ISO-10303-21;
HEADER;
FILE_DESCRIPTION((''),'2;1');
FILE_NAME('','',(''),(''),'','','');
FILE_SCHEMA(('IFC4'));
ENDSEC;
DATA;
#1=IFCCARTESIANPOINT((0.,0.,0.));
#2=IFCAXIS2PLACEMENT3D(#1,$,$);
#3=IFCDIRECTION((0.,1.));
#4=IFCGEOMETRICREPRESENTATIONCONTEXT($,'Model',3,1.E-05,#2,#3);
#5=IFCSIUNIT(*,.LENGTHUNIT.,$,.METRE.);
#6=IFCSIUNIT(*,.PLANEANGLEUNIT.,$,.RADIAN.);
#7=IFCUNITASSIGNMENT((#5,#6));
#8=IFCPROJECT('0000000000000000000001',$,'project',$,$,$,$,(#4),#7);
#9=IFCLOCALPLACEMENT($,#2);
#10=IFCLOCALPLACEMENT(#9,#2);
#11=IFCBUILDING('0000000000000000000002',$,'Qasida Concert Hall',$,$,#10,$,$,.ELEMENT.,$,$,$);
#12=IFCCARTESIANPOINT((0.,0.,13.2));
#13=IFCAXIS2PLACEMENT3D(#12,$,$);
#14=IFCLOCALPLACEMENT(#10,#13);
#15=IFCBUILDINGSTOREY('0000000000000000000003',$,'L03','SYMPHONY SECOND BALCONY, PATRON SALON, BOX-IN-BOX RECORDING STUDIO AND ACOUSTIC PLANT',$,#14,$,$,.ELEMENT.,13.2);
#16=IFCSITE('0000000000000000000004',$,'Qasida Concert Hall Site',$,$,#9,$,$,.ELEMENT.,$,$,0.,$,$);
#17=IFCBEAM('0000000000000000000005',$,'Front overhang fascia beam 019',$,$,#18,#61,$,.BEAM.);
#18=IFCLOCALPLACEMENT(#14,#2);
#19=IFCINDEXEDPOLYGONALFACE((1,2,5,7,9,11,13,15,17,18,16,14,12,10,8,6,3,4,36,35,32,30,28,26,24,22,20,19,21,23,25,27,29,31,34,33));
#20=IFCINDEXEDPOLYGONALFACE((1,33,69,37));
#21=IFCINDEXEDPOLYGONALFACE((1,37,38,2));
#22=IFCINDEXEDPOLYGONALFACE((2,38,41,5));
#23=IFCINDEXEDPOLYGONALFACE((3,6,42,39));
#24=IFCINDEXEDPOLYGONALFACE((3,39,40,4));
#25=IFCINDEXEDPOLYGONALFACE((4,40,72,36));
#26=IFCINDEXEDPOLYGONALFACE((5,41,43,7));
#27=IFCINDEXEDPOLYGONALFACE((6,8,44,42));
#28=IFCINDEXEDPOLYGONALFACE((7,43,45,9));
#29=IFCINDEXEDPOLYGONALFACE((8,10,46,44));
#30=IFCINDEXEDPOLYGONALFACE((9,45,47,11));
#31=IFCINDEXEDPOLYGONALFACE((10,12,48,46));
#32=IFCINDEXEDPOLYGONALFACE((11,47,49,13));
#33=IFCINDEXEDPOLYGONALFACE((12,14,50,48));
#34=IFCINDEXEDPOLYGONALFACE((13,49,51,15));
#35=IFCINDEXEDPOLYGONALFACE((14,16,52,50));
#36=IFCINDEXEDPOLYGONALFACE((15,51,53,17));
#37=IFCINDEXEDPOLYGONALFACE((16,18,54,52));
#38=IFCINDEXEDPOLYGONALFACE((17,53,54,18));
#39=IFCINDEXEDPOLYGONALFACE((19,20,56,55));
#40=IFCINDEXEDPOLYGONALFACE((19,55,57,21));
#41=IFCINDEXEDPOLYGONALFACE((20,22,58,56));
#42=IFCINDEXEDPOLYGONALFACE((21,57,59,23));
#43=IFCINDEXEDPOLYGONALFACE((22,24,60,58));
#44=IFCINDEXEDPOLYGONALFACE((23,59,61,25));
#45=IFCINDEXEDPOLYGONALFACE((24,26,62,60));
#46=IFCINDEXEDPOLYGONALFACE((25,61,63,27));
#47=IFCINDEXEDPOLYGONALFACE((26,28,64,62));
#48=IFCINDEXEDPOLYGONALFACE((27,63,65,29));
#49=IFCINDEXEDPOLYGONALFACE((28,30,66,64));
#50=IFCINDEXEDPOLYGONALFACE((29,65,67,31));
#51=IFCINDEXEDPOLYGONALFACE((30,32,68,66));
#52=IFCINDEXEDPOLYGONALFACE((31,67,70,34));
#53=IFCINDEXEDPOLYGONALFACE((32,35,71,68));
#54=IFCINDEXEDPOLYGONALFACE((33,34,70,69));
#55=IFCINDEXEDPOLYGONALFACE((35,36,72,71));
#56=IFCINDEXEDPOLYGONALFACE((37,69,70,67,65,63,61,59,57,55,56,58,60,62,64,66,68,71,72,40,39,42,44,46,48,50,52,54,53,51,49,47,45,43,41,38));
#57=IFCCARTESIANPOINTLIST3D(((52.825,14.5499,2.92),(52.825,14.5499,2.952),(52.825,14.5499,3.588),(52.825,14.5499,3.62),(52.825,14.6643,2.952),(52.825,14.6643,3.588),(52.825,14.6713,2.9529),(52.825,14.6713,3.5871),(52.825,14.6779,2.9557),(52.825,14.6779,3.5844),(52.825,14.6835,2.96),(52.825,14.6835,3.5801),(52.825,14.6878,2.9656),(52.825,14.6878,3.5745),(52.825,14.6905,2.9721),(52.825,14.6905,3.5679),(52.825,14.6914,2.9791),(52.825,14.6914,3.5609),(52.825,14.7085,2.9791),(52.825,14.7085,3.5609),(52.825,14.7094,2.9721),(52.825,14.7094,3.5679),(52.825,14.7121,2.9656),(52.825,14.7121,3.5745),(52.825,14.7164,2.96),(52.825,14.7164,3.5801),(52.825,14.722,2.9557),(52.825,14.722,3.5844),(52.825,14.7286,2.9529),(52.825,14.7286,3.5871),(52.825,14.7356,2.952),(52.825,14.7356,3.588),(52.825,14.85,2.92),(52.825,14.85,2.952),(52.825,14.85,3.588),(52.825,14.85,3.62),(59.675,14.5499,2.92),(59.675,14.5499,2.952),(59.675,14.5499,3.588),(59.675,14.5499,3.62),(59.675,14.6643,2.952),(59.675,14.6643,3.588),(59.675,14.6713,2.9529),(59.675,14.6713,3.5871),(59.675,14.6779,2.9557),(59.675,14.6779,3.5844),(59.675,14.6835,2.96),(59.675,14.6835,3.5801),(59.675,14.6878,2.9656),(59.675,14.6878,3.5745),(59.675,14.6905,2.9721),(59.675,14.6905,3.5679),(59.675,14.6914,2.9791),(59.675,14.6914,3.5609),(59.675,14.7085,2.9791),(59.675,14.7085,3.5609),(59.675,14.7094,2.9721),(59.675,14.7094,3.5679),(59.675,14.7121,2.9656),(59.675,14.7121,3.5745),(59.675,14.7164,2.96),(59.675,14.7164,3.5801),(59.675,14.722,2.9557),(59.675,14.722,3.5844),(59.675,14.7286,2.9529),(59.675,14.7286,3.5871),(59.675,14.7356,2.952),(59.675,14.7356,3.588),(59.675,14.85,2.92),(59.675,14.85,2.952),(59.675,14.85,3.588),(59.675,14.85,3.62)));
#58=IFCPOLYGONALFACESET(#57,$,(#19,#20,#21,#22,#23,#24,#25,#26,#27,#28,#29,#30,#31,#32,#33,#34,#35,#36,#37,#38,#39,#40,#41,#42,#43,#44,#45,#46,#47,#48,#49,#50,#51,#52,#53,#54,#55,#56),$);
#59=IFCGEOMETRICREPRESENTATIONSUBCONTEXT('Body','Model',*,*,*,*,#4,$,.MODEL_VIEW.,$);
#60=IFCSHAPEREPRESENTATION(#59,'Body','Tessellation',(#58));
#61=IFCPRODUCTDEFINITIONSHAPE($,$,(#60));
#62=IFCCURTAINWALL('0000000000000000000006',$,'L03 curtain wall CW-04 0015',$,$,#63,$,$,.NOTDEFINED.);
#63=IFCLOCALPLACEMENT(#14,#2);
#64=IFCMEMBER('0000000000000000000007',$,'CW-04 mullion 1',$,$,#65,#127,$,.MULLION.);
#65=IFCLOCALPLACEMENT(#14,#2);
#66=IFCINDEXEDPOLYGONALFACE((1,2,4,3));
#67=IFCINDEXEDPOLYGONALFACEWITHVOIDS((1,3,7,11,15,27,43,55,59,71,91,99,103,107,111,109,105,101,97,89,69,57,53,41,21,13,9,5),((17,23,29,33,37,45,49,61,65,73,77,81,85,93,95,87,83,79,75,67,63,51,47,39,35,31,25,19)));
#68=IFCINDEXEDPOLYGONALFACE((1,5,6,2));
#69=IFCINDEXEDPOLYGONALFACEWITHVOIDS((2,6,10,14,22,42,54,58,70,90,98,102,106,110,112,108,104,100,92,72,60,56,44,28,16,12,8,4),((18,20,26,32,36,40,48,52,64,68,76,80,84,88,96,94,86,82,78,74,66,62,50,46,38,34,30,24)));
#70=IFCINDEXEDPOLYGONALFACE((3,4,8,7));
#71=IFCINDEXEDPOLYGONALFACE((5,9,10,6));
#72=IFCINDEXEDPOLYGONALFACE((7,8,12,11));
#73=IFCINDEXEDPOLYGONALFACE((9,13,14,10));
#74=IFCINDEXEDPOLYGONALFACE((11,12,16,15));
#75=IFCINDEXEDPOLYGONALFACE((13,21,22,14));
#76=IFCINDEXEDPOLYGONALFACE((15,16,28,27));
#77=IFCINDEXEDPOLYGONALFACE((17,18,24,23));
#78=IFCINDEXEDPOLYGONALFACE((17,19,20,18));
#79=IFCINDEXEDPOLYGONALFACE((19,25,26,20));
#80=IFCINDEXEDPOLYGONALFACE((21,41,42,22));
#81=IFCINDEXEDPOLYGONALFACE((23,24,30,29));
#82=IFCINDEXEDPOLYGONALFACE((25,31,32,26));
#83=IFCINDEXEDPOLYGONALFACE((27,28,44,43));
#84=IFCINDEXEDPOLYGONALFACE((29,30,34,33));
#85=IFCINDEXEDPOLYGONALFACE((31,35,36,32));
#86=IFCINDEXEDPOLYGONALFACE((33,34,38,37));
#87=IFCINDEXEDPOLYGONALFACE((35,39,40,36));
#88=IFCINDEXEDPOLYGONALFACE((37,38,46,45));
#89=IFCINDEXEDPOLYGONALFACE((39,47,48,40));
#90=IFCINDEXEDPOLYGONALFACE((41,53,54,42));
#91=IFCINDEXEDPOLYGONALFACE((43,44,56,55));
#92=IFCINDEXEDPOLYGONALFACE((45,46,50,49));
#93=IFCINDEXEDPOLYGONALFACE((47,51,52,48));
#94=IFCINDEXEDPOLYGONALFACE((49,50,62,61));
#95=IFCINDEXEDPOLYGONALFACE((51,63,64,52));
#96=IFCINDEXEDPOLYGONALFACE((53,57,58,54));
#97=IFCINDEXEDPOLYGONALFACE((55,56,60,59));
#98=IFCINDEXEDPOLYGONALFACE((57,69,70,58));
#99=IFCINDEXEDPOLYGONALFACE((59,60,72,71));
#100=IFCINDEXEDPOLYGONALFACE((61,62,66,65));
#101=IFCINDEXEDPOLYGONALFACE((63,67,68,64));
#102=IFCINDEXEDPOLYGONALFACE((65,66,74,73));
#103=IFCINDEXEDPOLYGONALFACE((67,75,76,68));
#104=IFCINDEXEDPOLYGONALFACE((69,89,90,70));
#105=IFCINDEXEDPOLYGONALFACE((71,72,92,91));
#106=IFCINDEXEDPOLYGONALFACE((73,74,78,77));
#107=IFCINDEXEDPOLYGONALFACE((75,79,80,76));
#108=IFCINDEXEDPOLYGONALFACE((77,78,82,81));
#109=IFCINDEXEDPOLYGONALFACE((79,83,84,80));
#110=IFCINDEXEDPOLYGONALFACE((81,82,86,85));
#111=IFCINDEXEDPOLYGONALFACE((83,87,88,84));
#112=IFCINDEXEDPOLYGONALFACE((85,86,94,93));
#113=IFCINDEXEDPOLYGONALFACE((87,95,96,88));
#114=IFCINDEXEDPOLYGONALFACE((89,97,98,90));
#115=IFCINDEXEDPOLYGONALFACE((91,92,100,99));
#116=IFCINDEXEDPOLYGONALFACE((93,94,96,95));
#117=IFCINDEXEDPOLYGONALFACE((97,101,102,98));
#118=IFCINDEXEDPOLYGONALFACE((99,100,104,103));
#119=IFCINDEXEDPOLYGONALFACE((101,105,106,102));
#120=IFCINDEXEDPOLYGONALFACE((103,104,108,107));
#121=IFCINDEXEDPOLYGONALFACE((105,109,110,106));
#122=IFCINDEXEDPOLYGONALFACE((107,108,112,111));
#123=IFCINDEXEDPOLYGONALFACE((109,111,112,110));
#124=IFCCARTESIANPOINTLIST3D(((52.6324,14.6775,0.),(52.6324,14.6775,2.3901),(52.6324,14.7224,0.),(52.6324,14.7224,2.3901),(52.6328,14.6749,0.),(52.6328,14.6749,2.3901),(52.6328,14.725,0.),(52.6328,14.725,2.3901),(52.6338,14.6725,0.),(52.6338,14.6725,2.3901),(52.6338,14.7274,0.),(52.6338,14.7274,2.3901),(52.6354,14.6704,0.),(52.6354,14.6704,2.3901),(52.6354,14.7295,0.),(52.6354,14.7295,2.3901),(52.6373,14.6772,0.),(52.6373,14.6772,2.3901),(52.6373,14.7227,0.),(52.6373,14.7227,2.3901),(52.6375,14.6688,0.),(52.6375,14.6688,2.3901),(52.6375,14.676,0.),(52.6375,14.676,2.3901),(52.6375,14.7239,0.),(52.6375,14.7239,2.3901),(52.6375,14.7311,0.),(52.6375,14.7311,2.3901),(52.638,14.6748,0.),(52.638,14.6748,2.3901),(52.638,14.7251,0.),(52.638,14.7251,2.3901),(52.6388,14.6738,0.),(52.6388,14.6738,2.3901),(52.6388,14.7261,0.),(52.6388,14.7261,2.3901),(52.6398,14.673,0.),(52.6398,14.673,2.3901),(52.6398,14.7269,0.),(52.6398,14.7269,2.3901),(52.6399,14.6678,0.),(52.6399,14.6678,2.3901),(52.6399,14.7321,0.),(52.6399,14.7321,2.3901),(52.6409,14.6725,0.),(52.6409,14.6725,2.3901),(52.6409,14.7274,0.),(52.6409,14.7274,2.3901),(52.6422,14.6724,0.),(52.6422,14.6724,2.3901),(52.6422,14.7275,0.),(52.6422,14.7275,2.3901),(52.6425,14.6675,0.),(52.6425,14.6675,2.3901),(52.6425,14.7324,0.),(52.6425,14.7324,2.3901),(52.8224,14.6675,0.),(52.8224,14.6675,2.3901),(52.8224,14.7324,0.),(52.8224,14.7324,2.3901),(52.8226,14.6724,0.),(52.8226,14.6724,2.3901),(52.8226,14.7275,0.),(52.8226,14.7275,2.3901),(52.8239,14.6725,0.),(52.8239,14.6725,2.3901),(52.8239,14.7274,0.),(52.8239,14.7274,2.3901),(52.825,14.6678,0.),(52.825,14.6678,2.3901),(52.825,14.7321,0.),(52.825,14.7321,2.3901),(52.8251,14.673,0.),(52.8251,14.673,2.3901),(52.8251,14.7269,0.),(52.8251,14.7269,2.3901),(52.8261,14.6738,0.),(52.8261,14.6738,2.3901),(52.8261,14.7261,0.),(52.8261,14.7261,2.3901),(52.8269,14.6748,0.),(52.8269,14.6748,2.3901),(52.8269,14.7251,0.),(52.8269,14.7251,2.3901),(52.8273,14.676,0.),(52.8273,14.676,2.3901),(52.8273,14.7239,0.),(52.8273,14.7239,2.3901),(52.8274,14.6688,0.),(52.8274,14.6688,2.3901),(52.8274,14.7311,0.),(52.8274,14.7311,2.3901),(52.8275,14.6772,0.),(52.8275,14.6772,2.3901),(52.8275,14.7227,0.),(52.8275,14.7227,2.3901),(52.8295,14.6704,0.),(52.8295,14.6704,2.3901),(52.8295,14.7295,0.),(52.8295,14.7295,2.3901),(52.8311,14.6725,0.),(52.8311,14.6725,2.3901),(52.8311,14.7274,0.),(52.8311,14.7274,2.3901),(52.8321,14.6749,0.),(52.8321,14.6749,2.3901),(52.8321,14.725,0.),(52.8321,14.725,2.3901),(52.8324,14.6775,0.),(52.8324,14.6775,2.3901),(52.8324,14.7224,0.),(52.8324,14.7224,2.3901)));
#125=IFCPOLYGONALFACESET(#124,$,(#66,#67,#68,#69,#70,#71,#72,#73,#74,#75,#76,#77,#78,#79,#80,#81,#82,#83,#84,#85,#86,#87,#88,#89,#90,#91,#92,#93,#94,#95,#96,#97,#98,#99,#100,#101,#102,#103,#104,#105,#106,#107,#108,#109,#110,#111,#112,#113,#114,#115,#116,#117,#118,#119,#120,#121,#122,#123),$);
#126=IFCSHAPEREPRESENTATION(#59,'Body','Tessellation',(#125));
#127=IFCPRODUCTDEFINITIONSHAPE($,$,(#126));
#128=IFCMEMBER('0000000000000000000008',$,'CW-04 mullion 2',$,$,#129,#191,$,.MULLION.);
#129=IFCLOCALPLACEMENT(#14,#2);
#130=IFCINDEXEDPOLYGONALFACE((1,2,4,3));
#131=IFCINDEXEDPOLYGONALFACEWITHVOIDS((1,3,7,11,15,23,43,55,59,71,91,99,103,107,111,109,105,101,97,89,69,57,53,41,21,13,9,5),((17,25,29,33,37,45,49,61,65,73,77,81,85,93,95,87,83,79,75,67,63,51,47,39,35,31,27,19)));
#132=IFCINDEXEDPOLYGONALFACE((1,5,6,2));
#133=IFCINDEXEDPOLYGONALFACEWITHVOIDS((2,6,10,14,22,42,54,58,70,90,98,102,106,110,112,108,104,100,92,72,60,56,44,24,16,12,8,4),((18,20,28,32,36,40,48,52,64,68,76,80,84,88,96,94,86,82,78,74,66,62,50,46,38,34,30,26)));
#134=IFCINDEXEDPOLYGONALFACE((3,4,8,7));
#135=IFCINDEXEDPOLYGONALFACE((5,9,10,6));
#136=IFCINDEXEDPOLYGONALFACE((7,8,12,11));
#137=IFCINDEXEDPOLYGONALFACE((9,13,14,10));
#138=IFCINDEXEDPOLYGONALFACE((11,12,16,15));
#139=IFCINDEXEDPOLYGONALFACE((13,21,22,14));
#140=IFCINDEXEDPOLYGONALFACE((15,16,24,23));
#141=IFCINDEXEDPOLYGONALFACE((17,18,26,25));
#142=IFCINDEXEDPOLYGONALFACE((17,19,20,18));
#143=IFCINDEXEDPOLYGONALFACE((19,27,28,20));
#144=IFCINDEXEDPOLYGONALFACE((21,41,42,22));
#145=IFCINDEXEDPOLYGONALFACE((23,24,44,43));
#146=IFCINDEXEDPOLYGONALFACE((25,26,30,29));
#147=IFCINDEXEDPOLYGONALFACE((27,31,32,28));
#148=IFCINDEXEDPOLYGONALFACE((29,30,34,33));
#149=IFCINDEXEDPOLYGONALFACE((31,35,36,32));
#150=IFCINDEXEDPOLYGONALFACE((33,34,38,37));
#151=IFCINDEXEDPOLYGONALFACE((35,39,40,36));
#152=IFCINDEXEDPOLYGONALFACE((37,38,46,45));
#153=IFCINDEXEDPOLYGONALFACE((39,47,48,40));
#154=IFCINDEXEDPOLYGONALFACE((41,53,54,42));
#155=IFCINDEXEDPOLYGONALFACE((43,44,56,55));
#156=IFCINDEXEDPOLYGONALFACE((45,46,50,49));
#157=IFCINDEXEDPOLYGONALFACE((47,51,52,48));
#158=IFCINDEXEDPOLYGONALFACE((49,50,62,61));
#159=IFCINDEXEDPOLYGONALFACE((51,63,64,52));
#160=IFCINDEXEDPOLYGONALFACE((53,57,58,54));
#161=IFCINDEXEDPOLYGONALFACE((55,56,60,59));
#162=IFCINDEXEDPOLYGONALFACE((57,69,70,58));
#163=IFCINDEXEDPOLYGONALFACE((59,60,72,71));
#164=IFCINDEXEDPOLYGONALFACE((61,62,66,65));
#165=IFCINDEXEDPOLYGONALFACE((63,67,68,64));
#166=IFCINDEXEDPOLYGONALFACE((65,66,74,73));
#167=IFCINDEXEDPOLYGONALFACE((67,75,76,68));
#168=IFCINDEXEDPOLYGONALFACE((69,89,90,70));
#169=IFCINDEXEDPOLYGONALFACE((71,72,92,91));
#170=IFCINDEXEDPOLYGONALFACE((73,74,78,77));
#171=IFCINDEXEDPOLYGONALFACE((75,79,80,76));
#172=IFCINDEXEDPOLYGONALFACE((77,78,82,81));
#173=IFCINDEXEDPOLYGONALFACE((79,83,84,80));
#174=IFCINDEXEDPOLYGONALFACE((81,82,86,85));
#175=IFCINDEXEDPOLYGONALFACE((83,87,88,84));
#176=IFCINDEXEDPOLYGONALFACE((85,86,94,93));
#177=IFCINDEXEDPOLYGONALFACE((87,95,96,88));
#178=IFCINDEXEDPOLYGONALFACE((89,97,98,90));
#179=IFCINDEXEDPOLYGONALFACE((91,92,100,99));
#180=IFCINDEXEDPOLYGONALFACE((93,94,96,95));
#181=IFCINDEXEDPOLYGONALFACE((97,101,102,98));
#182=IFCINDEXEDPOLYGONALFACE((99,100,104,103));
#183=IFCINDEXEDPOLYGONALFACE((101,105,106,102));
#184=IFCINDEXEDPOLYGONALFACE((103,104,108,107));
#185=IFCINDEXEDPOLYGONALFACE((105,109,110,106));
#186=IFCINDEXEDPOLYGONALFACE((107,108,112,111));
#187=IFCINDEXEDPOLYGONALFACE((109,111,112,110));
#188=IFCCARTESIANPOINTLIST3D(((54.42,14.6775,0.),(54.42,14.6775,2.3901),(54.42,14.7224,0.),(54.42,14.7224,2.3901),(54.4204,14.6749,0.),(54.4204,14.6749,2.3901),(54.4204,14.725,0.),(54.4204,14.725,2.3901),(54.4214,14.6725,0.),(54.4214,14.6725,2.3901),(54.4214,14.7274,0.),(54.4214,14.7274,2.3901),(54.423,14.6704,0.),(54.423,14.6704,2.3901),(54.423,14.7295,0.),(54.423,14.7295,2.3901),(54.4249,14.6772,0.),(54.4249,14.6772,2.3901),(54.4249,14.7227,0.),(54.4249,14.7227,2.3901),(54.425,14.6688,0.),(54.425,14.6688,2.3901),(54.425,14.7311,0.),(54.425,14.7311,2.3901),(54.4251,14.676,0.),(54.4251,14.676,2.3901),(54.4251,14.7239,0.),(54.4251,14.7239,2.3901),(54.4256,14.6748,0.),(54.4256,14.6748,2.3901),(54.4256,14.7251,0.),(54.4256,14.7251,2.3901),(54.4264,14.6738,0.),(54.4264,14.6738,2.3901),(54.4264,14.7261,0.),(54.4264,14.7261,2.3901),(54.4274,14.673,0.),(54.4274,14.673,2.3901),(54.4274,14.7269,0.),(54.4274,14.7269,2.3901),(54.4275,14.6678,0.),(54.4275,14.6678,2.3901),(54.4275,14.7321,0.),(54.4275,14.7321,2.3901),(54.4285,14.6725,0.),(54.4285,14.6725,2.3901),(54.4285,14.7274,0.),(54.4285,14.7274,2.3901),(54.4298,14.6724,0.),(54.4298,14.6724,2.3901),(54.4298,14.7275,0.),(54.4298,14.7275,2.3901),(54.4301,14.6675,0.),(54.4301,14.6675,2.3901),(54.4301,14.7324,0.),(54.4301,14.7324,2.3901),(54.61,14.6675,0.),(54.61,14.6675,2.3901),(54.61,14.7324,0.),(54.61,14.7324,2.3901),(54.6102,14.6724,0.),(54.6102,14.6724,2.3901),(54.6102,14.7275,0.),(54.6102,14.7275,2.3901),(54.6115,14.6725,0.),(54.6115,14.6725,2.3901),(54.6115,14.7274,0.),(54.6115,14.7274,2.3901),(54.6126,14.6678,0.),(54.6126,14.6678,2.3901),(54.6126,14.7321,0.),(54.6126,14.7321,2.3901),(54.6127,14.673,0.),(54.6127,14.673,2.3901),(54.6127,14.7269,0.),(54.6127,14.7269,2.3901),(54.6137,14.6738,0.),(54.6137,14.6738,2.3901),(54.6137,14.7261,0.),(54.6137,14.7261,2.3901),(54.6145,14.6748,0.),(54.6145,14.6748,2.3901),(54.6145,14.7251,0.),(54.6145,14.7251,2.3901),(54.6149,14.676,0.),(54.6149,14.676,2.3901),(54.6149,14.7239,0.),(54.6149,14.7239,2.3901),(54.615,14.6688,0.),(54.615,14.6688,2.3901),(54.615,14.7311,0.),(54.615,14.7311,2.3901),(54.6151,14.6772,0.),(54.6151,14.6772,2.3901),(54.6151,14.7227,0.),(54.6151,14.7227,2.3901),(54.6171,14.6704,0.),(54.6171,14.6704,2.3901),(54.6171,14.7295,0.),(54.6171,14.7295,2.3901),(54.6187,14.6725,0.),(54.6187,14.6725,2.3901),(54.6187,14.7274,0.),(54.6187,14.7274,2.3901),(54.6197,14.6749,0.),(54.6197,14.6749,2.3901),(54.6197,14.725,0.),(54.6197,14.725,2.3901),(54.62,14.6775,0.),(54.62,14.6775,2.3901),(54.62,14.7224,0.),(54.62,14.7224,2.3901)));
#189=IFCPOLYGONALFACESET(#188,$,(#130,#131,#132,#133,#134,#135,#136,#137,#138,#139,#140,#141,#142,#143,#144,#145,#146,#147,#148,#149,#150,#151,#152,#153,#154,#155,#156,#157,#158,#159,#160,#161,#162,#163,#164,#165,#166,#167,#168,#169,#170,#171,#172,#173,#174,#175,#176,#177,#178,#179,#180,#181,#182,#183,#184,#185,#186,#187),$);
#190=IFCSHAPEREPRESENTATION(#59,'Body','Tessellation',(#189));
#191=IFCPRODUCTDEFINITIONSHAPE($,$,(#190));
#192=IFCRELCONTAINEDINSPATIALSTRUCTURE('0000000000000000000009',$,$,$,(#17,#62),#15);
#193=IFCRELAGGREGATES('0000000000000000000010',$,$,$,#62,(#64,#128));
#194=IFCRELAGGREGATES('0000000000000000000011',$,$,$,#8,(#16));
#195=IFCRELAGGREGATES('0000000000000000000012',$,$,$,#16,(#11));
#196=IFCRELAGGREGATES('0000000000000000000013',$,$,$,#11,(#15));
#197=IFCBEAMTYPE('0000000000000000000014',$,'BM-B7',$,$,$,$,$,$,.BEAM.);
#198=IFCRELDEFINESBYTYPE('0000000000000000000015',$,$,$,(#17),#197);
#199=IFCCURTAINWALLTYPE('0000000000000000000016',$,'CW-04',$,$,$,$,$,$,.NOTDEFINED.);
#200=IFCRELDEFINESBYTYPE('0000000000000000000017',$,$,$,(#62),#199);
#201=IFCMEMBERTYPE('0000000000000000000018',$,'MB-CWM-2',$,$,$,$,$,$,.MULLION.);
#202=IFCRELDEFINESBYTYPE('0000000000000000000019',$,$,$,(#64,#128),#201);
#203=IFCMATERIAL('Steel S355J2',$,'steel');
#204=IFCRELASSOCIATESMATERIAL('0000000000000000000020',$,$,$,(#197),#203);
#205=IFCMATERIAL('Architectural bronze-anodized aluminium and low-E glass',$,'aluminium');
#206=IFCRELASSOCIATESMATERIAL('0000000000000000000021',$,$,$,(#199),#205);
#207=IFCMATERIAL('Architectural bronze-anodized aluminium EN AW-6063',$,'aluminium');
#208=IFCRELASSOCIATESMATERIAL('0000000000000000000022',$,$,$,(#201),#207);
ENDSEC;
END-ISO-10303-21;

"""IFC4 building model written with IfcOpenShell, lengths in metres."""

from ifc_helpers import new_model, si_unit, direction, frame, origin, origin_2d, place, context, subcontext, project, spatial, hollow_rectangle, i_section, extrude, material, material_profile, profile_set, type_object, element, aggregate, save


model = new_model("IFC4")

# Units and contexts
model_context = context("Model", 3, precision=1e-05, world=origin(), true_north=direction((0.0, 1.0)))
body_context = subcontext(model_context, "Body", "Model", "MODEL_VIEW")
ifc_project = project(units=[si_unit("LENGTHUNIT", "METRE"), si_unit("PLANEANGLEUNIT", "RADIAN")], contexts=[model_context])

# Site, building, storey
site_placement = place(None, origin())
site = spatial("IfcSite", under=ifc_project, at=site_placement, Name="Qasida Concert Hall Site", CompositionType="ELEMENT", RefElevation=0.0)
building_placement = place(site_placement, origin())
building = spatial("IfcBuilding", under=site, at=building_placement, Name="Qasida Concert Hall", CompositionType="ELEMENT")
storey_placement = place(building_placement, frame((0.0, 0.0, 13.2)))
storey = spatial("IfcBuildingStorey", under=building, at=storey_placement, Name="L03", Description="SYMPHONY SECOND BALCONY, PATRON SALON, BOX-IN-BOX RECORDING STUDIO AND ACOUSTIC PLANT", CompositionType="ELEMENT", Elevation=13.2)

# Beam
ifc_material_1 = material(Name="Steel S355J2", Category="steel")
ifc_material_profile_1 = material_profile(ifc_material_1, i_section(OverallWidth=0.3, OverallDepth=0.7, WebThickness=0.0171, FlangeThickness=0.032, FilletRadius=0.0271, at=origin_2d()), Name="HEB 700")
ifc_profile_set_1 = profile_set([ifc_material_profile_1], Name="Steel S355J2")
beam_type = type_object("IfcBeamType", Name="BM-B7", PredefinedType="BEAM", material=ifc_profile_set_1)
beam_placement = place(storey_placement, frame((52.825, 14.7, 3.27), z_axis=(1.0, 0.0, 0.0), x_axis=(0.0, 1.0, 0.0)))
element("IfcBeam", 1, at=beam_placement, inside=storey, type_object=beam_type, Name="Front overhang fascia beam 019", PredefinedType="BEAM", context=body_context, shape_type="SweptSolid", body=[
    extrude(i_section(OverallWidth=0.3, OverallDepth=0.7, WebThickness=0.0171, FlangeThickness=0.032, FilletRadius=0.0271, at=origin_2d()), origin(), (0.0, 0.0, 1.0), 6.8501),
])

# Curtain wall, members
ifc_material_2 = material(Name="Architectural bronze-anodized aluminium and low-E glass", Category="aluminium")
curtain_wall_type = type_object("IfcCurtainWallType", Name="CW-04", PredefinedType="NOTDEFINED", material=ifc_material_2)
curtain_wall_placement = place(storey_placement, origin())
curtain_wall = element("IfcCurtainWall", 2, at=curtain_wall_placement, inside=storey, type_object=curtain_wall_type, Name="L03 curtain wall CW-04 0015", PredefinedType="NOTDEFINED")
ifc_material_3 = material(Name="Architectural bronze-anodized aluminium EN AW-6063", Category="aluminium")
ifc_material_profile_2 = material_profile(ifc_material_3, hollow_rectangle(XDim=0.0649, YDim=0.2, WallThickness=0.0049, InnerFilletRadius=0.0049, OuterFilletRadius=0.01, at=origin_2d()), Name="CWM 200x65x5")
ifc_profile_set_2 = profile_set([ifc_material_profile_2], Name="Architectural bronze-anodized aluminium EN AW-6063")
member_type_1 = type_object("IfcMemberType", Name="MB-CWM-2", PredefinedType="MULLION", material=ifc_profile_set_2)
member_1_placement = place(storey_placement, frame((52.7324, 14.7, 0.0), z_axis=(0.0, 0.0, 1.0), x_axis=(0.0, 1.0, 0.0)))
member_1 = element("IfcMember", 3, at=member_1_placement, type_object=member_type_1, Name="CW-04 mullion 1", PredefinedType="MULLION", context=body_context, shape_type="SweptSolid", body=[
    extrude(hollow_rectangle(XDim=0.0649, YDim=0.2, WallThickness=0.0049, InnerFilletRadius=0.0049, OuterFilletRadius=0.01, at=origin_2d()), origin(), (0.0, 0.0, 1.0), 2.3901),
])
member_2_placement = place(storey_placement, frame((54.52, 14.7, 0.0), z_axis=(0.0, 0.0, 1.0), x_axis=(0.0, 1.0, 0.0)))
member_2 = element("IfcMember", 4, at=member_2_placement, type_object=member_type_1, Name="CW-04 mullion 2", PredefinedType="MULLION", context=body_context, shape_type="SweptSolid", body=[
    extrude(hollow_rectangle(XDim=0.0649, YDim=0.2, WallThickness=0.0049, InnerFilletRadius=0.0049, OuterFilletRadius=0.01, at=origin_2d()), origin(), (0.0, 0.0, 1.0), 2.3901),
])

aggregate(curtain_wall, [member_1, member_2])

save(model, "model.ifc")
